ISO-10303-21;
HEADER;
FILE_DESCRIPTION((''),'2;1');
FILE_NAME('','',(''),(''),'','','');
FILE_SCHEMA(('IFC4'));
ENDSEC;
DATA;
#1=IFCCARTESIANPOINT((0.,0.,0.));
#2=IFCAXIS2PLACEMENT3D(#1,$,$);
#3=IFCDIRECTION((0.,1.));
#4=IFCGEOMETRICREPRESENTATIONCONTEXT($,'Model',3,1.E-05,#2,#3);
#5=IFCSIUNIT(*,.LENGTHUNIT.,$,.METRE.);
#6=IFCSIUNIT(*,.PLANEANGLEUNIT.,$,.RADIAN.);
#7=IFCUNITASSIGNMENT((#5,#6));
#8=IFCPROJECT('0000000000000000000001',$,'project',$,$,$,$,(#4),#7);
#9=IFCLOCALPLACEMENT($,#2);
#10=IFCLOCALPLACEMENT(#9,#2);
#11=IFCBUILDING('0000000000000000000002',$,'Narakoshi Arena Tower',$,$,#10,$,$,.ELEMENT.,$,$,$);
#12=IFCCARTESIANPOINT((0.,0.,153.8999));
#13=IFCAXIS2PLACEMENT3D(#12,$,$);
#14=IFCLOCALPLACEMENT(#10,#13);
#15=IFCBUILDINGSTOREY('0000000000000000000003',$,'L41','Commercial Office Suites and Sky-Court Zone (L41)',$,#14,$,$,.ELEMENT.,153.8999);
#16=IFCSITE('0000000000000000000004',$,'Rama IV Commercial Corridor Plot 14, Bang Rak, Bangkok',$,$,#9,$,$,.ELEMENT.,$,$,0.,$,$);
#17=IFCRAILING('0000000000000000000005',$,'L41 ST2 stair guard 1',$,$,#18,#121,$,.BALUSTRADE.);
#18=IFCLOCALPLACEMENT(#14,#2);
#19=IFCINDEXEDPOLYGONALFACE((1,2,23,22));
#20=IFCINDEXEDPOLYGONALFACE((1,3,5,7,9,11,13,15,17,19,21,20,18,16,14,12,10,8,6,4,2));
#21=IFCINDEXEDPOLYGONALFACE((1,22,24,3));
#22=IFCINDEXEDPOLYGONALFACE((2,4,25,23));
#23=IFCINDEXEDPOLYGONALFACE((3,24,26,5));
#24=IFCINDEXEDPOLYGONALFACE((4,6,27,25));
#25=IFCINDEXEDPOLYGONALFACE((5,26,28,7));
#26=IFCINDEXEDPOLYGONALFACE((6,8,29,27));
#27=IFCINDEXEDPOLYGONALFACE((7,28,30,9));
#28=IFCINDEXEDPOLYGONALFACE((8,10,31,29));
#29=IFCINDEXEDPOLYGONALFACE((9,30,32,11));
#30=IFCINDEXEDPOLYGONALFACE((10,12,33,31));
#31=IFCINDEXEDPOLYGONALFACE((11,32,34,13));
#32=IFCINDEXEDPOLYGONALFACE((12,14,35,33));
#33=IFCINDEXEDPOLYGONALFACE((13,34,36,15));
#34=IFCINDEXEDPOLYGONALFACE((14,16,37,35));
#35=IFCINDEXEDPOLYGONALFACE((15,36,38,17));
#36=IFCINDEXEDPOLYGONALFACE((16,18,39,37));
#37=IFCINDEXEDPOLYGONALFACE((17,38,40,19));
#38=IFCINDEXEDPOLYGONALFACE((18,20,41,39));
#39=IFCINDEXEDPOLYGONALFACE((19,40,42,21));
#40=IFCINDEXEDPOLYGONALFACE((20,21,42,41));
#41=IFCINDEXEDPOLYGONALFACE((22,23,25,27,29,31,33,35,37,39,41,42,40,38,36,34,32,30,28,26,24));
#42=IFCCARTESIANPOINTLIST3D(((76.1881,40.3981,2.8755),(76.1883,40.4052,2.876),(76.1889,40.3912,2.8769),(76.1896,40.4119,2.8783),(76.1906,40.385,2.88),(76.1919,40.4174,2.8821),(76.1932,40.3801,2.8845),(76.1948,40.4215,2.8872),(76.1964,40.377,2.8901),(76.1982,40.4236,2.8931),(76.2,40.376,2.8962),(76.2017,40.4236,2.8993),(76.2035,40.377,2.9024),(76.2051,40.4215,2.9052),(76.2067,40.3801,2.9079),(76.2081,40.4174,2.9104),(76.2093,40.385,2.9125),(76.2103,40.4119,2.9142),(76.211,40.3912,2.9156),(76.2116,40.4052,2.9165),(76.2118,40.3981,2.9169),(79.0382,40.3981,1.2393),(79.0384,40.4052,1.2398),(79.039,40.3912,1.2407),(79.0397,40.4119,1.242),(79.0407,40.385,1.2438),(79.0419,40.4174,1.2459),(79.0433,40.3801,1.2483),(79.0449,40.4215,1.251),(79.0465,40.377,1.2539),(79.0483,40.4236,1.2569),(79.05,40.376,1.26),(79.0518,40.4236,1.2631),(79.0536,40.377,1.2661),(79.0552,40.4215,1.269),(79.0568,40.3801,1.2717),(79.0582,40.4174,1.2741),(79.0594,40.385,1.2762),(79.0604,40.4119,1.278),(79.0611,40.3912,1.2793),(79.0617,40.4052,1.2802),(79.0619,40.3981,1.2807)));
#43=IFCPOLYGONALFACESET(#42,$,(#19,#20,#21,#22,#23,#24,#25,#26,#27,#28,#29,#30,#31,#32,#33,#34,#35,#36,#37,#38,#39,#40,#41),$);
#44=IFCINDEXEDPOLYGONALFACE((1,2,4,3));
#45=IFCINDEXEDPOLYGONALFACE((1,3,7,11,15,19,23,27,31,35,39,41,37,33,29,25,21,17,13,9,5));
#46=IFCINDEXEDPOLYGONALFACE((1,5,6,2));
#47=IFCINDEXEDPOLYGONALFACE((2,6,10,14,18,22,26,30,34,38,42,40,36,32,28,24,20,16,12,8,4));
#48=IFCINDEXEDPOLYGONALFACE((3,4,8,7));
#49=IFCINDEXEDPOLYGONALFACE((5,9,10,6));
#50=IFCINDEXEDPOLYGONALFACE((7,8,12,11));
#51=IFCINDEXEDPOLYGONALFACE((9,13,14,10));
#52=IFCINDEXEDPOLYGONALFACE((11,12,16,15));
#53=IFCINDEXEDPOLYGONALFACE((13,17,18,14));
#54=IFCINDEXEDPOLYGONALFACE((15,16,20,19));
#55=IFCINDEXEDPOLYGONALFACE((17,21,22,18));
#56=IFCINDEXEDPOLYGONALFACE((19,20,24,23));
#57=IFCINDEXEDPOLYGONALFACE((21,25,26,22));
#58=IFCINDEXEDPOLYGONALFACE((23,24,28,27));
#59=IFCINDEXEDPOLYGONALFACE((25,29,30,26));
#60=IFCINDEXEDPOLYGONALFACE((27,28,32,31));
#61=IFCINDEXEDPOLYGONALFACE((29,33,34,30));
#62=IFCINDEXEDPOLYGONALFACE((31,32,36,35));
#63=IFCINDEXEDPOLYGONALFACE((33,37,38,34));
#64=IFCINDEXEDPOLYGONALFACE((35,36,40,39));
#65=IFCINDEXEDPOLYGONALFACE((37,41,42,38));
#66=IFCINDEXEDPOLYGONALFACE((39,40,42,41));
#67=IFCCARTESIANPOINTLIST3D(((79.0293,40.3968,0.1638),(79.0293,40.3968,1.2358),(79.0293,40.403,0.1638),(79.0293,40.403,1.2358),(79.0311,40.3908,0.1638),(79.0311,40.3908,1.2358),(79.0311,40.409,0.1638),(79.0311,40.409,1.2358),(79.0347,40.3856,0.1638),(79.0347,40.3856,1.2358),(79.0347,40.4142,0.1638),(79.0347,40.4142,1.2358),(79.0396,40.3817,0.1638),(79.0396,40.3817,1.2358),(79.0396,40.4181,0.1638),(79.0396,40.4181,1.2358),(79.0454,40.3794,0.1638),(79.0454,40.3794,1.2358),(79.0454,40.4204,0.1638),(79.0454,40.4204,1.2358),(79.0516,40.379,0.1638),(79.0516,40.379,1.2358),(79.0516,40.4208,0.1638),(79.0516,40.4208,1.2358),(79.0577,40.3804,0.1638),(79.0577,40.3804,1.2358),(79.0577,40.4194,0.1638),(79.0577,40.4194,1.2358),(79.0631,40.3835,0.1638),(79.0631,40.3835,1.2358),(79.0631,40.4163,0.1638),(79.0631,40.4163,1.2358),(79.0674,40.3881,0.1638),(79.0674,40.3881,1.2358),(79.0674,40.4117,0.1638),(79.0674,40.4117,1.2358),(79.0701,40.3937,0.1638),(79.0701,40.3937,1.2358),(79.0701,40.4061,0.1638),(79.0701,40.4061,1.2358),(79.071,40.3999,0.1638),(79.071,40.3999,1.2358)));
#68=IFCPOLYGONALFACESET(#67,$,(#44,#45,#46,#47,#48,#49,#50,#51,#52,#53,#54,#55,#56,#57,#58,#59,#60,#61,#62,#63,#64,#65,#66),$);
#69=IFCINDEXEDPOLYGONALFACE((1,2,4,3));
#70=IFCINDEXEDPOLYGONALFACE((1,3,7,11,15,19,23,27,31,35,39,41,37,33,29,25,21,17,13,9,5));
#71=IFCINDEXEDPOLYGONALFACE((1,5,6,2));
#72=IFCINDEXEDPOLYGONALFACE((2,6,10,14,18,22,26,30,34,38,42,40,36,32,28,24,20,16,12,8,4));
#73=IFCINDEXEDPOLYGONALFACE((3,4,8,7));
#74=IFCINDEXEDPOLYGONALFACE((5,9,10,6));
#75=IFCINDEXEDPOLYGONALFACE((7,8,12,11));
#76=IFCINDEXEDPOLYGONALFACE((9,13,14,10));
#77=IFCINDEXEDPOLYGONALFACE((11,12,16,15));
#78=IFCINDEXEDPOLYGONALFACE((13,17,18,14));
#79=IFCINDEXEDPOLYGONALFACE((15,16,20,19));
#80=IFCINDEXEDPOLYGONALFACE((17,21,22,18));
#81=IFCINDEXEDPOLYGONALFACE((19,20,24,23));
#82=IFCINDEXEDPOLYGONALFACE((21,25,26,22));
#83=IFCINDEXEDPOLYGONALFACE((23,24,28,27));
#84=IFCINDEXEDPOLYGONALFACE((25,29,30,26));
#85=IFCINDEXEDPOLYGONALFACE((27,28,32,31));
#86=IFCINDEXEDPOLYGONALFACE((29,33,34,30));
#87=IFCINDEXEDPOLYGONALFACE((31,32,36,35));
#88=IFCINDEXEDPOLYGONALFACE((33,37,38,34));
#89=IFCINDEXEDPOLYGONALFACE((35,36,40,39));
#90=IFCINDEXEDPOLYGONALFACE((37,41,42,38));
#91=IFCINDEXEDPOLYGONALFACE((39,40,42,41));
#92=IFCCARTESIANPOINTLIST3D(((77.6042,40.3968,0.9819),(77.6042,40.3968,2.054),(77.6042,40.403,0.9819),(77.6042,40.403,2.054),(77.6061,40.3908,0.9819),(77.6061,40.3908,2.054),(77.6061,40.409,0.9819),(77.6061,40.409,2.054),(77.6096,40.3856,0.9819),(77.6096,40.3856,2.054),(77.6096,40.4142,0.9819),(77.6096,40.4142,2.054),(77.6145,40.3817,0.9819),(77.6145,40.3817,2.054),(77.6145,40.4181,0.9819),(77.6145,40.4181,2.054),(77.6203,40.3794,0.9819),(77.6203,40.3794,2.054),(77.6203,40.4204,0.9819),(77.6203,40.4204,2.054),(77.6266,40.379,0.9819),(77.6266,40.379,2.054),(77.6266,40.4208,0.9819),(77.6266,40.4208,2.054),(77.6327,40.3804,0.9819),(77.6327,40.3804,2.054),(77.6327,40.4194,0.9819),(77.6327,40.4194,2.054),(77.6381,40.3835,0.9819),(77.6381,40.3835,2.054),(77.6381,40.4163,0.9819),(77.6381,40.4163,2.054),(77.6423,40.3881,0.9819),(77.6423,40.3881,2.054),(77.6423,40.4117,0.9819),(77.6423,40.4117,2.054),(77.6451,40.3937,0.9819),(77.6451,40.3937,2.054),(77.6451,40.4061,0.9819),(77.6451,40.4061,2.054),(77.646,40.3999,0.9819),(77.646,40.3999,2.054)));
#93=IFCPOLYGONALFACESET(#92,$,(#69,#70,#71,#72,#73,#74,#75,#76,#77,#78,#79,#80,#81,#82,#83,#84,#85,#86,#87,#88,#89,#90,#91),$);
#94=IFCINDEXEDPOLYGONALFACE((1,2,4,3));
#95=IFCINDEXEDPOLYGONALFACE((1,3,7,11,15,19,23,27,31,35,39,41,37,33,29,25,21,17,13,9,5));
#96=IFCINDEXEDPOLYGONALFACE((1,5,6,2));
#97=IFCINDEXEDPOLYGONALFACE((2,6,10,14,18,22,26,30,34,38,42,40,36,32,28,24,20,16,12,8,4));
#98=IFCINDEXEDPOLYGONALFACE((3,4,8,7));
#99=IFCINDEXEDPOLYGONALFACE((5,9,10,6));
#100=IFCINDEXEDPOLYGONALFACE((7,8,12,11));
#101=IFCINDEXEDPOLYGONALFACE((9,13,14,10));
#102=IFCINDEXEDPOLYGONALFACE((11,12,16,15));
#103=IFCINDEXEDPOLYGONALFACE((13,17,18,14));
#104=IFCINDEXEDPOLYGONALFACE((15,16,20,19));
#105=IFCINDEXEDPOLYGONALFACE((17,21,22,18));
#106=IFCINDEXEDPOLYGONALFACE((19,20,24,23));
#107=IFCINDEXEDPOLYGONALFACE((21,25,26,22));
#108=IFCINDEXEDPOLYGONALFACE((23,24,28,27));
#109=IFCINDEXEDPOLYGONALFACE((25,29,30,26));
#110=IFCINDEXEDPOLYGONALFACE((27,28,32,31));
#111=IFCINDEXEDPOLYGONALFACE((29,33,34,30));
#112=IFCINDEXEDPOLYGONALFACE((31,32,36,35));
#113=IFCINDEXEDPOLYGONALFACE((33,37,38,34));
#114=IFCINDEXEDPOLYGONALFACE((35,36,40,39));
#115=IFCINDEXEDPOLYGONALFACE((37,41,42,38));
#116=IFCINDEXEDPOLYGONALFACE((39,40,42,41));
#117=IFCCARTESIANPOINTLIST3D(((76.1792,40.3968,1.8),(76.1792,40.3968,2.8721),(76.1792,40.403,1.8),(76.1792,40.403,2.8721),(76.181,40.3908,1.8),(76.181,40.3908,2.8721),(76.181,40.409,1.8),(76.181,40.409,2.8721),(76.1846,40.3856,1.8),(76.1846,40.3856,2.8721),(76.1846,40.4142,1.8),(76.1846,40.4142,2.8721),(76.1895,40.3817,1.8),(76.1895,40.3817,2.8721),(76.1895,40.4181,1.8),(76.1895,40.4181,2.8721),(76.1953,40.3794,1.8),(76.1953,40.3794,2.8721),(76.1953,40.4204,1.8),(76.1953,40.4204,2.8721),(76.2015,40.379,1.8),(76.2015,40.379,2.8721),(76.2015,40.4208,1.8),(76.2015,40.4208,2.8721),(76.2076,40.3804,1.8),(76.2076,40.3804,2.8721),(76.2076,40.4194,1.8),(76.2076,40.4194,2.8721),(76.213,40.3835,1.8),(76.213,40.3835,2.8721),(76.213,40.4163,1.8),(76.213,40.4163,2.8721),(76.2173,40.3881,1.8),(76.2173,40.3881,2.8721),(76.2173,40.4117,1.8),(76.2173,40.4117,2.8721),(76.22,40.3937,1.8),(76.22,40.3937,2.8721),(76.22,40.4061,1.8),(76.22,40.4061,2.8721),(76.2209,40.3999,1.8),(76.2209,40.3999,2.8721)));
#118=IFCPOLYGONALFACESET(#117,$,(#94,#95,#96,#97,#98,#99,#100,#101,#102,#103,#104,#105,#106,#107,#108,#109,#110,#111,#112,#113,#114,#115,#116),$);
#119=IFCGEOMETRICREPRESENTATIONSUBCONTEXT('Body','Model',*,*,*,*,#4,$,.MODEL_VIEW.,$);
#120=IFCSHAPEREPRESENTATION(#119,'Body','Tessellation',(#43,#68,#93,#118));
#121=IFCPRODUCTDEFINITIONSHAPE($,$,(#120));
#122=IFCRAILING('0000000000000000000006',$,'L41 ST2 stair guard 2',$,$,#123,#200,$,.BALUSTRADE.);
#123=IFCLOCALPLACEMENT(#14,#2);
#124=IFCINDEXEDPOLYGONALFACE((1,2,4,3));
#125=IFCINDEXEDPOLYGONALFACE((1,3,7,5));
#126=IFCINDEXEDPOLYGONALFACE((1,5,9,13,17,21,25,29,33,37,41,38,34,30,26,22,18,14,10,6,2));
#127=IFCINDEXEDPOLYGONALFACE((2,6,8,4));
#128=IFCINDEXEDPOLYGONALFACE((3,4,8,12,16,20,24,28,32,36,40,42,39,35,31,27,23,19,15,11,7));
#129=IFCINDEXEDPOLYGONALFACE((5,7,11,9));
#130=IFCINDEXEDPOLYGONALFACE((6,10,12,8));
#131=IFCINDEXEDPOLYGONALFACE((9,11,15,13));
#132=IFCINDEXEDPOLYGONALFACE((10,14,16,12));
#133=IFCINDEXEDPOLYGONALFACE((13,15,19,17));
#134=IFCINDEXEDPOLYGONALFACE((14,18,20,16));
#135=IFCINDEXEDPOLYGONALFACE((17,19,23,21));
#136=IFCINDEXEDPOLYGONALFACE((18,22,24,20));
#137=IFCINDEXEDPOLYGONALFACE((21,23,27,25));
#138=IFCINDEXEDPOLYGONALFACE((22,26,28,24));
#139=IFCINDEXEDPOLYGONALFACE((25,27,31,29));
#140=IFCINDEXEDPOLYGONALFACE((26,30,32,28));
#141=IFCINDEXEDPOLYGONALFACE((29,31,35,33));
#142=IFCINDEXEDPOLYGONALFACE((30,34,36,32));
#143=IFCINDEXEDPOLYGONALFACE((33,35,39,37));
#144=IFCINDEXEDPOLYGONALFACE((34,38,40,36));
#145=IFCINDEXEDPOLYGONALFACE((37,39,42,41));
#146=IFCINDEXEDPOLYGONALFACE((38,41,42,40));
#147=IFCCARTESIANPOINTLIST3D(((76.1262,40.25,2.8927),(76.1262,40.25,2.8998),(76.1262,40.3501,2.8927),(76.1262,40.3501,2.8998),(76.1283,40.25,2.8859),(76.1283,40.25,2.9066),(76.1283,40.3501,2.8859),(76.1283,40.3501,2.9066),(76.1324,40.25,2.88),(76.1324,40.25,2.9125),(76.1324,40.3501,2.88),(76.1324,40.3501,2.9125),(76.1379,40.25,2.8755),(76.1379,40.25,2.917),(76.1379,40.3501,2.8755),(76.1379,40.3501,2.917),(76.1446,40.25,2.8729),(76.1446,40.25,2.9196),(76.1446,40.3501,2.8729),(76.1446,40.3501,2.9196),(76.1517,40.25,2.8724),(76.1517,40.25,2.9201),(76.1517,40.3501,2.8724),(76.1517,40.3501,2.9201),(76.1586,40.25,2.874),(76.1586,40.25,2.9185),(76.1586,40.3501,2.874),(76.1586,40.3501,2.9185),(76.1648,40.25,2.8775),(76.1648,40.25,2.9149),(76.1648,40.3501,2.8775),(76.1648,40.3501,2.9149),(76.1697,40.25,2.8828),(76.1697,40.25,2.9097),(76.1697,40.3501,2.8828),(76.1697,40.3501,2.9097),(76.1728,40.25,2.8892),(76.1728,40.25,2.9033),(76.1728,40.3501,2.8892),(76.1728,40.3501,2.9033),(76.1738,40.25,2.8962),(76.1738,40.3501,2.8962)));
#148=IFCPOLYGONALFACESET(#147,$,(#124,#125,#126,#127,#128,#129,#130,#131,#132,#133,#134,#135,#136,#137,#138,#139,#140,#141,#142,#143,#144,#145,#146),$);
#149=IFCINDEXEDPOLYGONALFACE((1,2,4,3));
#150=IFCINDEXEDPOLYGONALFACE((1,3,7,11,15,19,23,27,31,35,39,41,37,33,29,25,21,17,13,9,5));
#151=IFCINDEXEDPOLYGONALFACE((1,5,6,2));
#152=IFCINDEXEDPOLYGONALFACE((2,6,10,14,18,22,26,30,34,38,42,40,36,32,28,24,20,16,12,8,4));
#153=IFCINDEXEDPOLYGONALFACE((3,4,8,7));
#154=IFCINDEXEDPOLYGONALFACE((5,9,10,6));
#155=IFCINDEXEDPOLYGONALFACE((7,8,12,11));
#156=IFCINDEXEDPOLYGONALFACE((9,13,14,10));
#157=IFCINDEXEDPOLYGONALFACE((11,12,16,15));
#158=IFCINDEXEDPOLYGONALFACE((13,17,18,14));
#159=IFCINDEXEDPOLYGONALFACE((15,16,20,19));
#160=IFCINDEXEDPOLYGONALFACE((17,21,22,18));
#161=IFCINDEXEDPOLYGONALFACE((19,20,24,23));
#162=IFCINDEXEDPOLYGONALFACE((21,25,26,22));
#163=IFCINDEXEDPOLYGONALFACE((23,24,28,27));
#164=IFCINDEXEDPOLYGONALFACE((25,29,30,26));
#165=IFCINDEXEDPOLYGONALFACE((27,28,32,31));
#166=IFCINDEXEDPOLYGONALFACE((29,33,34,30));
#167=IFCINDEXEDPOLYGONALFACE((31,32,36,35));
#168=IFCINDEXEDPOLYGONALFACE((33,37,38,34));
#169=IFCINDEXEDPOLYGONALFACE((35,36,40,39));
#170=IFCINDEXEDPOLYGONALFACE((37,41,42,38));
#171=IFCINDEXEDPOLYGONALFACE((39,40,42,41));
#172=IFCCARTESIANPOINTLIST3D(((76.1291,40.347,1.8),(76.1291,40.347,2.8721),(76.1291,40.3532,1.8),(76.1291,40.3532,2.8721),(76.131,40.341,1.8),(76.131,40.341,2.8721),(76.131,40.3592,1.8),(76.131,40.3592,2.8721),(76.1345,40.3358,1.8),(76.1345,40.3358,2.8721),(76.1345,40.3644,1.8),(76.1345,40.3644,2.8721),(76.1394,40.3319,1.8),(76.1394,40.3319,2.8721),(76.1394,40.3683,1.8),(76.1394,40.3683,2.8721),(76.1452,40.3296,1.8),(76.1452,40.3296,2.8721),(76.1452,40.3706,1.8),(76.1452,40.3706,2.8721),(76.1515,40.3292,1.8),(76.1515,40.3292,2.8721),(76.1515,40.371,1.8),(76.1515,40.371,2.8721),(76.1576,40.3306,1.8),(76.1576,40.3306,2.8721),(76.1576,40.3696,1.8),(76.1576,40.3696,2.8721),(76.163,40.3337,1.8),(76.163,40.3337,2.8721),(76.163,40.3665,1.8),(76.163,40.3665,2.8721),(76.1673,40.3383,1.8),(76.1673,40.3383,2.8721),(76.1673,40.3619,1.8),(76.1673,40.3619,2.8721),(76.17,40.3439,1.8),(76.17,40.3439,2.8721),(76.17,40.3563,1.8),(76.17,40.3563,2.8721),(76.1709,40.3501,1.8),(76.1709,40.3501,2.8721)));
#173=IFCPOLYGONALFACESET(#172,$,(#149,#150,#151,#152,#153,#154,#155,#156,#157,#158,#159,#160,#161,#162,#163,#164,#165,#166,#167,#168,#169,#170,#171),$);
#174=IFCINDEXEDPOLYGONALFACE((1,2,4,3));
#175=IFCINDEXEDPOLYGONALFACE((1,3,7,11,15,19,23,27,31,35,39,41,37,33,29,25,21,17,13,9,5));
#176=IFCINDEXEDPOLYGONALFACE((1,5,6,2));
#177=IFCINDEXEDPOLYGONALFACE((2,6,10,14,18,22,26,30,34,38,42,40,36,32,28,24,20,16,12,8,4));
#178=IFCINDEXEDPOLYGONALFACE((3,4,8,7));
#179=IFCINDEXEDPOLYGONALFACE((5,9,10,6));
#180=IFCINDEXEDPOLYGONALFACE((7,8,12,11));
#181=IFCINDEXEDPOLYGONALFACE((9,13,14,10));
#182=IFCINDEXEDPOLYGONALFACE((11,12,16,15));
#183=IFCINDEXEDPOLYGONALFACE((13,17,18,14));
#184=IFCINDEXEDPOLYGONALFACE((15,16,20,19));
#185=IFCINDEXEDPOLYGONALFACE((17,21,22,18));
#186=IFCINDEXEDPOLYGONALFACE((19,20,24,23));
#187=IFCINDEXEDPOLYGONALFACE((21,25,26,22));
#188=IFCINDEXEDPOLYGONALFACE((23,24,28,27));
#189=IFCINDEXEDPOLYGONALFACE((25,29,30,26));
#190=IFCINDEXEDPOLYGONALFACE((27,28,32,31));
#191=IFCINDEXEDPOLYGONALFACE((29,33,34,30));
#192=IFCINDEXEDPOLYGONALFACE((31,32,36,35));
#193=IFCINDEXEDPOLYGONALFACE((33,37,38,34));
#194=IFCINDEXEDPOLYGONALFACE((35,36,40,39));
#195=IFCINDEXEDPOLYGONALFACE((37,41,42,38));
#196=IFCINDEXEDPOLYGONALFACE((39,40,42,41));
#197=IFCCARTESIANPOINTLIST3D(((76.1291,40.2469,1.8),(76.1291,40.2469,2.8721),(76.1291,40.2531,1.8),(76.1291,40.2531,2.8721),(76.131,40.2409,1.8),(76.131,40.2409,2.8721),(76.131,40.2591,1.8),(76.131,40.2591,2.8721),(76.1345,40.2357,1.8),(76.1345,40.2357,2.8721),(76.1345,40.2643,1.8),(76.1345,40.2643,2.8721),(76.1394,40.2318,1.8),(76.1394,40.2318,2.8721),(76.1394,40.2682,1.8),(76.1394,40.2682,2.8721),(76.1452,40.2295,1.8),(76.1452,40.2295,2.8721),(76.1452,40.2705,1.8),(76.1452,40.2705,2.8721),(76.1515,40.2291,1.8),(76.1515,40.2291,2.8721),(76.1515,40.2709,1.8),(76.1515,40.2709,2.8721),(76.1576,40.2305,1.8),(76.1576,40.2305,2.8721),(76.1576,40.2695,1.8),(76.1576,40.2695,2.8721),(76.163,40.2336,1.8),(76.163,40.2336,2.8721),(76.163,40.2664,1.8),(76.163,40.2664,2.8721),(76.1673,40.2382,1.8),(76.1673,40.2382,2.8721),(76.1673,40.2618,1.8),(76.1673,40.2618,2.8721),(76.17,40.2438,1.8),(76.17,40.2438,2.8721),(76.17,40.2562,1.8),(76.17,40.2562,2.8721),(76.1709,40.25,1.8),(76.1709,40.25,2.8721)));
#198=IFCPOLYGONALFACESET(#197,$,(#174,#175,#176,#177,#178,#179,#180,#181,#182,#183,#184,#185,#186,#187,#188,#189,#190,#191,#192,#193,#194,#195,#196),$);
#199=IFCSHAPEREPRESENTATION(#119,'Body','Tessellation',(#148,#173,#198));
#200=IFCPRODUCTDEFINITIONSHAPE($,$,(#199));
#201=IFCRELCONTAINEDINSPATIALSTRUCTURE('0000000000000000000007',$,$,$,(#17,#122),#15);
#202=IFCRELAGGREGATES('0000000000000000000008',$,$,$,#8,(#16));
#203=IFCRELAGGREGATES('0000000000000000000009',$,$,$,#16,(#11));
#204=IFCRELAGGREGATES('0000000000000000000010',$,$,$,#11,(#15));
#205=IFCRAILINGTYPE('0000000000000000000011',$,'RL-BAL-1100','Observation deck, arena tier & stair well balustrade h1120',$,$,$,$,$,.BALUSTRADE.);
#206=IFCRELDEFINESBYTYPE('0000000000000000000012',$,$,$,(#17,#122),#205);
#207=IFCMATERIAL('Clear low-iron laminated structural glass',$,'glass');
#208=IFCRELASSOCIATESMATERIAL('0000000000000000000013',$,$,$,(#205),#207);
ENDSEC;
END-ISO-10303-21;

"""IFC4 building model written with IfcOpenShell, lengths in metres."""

from ifc_helpers import new_model, si_unit, direction, frame, origin, origin_2d, place, context, subcontext, project, spatial, circle, extrude, material, type_object, element, save


model = new_model("IFC4")

# Units and contexts
model_context = context("Model", 3, precision=1e-05, world=origin(), true_north=direction((0.0, 1.0)))
body_context = subcontext(model_context, "Body", "Model", "MODEL_VIEW")
ifc_project = project(units=[si_unit("LENGTHUNIT", "METRE"), si_unit("PLANEANGLEUNIT", "RADIAN")], contexts=[model_context])

# Site, building, storey
site_placement = place(None, origin())
site = spatial("IfcSite", under=ifc_project, at=site_placement, Name="Rama IV Commercial Corridor Plot 14, Bang Rak, Bangkok", CompositionType="ELEMENT", RefElevation=0.0)
building_placement = place(site_placement, origin())
building = spatial("IfcBuilding", under=site, at=building_placement, Name="Narakoshi Arena Tower", CompositionType="ELEMENT")
storey_placement = place(building_placement, frame((0.0, 0.0, 153.8999)))
storey = spatial("IfcBuildingStorey", under=building, at=storey_placement, Name="L41", Description="Commercial Office Suites and Sky-Court Zone (L41)", CompositionType="ELEMENT", Elevation=153.8999)

# Railings
ifc_material_1 = material(Name="Clear low-iron laminated structural glass", Category="glass")
railing_type_1 = type_object("IfcRailingType", Name="RL-BAL-1100", Description="Observation deck, arena tier & stair well balustrade h1120", PredefinedType="BALUSTRADE", material=ifc_material_1)
railing_1_placement = place(storey_placement, frame((79.05, 40.3999, 0.1638)))
element("IfcRailing", 1, at=railing_1_placement, inside=storey, type_object=railing_type_1, Name="L41 ST2 stair guard 1", PredefinedType="BALUSTRADE", context=body_context, shape_type="SweptSolid", body=[
    extrude(circle(Radius=0.0239, at=origin_2d()), frame((0.0, 0.0, 1.0962), z_axis=(-0.867245, 0.0, 0.497882), x_axis=(0.0, -1.0, 0.0)), (0.0, 0.0, 1.0), 3.2864),
    extrude(circle(Radius=0.021, at=origin_2d()), origin(), (0.0, 0.0, 1.0), 1.072),
    extrude(circle(Radius=0.021, at=origin_2d()), frame((-1.425, 0.0, 0.8181)), (0.0, 0.0, 1.0), 1.072),
    extrude(circle(Radius=0.021, at=origin_2d()), frame((-2.8501, 0.0, 1.6362)), (0.0, 0.0, 1.0), 1.072),
])
railing_2_placement = place(storey_placement, frame((76.1499, 40.3501, 1.8)))
element("IfcRailing", 2, at=railing_2_placement, inside=storey, type_object=railing_type_1, Name="L41 ST2 stair guard 2", PredefinedType="BALUSTRADE", context=body_context, shape_type="SweptSolid", body=[
    extrude(circle(Radius=0.0239, at=origin_2d()), frame((0.0, 0.0, 1.0962), z_axis=(0.0, -1.0, 0.0), x_axis=(1.0, 0.0, 0.0)), (0.0, 0.0, 1.0), 0.1001),
    extrude(circle(Radius=0.021, at=origin_2d()), origin(), (0.0, 0.0, 1.0), 1.072),
    extrude(circle(Radius=0.021, at=origin_2d()), frame((0.0, -0.1001, 0.0)), (0.0, 0.0, 1.0), 1.072),
])

save(model, "model.ifc")
